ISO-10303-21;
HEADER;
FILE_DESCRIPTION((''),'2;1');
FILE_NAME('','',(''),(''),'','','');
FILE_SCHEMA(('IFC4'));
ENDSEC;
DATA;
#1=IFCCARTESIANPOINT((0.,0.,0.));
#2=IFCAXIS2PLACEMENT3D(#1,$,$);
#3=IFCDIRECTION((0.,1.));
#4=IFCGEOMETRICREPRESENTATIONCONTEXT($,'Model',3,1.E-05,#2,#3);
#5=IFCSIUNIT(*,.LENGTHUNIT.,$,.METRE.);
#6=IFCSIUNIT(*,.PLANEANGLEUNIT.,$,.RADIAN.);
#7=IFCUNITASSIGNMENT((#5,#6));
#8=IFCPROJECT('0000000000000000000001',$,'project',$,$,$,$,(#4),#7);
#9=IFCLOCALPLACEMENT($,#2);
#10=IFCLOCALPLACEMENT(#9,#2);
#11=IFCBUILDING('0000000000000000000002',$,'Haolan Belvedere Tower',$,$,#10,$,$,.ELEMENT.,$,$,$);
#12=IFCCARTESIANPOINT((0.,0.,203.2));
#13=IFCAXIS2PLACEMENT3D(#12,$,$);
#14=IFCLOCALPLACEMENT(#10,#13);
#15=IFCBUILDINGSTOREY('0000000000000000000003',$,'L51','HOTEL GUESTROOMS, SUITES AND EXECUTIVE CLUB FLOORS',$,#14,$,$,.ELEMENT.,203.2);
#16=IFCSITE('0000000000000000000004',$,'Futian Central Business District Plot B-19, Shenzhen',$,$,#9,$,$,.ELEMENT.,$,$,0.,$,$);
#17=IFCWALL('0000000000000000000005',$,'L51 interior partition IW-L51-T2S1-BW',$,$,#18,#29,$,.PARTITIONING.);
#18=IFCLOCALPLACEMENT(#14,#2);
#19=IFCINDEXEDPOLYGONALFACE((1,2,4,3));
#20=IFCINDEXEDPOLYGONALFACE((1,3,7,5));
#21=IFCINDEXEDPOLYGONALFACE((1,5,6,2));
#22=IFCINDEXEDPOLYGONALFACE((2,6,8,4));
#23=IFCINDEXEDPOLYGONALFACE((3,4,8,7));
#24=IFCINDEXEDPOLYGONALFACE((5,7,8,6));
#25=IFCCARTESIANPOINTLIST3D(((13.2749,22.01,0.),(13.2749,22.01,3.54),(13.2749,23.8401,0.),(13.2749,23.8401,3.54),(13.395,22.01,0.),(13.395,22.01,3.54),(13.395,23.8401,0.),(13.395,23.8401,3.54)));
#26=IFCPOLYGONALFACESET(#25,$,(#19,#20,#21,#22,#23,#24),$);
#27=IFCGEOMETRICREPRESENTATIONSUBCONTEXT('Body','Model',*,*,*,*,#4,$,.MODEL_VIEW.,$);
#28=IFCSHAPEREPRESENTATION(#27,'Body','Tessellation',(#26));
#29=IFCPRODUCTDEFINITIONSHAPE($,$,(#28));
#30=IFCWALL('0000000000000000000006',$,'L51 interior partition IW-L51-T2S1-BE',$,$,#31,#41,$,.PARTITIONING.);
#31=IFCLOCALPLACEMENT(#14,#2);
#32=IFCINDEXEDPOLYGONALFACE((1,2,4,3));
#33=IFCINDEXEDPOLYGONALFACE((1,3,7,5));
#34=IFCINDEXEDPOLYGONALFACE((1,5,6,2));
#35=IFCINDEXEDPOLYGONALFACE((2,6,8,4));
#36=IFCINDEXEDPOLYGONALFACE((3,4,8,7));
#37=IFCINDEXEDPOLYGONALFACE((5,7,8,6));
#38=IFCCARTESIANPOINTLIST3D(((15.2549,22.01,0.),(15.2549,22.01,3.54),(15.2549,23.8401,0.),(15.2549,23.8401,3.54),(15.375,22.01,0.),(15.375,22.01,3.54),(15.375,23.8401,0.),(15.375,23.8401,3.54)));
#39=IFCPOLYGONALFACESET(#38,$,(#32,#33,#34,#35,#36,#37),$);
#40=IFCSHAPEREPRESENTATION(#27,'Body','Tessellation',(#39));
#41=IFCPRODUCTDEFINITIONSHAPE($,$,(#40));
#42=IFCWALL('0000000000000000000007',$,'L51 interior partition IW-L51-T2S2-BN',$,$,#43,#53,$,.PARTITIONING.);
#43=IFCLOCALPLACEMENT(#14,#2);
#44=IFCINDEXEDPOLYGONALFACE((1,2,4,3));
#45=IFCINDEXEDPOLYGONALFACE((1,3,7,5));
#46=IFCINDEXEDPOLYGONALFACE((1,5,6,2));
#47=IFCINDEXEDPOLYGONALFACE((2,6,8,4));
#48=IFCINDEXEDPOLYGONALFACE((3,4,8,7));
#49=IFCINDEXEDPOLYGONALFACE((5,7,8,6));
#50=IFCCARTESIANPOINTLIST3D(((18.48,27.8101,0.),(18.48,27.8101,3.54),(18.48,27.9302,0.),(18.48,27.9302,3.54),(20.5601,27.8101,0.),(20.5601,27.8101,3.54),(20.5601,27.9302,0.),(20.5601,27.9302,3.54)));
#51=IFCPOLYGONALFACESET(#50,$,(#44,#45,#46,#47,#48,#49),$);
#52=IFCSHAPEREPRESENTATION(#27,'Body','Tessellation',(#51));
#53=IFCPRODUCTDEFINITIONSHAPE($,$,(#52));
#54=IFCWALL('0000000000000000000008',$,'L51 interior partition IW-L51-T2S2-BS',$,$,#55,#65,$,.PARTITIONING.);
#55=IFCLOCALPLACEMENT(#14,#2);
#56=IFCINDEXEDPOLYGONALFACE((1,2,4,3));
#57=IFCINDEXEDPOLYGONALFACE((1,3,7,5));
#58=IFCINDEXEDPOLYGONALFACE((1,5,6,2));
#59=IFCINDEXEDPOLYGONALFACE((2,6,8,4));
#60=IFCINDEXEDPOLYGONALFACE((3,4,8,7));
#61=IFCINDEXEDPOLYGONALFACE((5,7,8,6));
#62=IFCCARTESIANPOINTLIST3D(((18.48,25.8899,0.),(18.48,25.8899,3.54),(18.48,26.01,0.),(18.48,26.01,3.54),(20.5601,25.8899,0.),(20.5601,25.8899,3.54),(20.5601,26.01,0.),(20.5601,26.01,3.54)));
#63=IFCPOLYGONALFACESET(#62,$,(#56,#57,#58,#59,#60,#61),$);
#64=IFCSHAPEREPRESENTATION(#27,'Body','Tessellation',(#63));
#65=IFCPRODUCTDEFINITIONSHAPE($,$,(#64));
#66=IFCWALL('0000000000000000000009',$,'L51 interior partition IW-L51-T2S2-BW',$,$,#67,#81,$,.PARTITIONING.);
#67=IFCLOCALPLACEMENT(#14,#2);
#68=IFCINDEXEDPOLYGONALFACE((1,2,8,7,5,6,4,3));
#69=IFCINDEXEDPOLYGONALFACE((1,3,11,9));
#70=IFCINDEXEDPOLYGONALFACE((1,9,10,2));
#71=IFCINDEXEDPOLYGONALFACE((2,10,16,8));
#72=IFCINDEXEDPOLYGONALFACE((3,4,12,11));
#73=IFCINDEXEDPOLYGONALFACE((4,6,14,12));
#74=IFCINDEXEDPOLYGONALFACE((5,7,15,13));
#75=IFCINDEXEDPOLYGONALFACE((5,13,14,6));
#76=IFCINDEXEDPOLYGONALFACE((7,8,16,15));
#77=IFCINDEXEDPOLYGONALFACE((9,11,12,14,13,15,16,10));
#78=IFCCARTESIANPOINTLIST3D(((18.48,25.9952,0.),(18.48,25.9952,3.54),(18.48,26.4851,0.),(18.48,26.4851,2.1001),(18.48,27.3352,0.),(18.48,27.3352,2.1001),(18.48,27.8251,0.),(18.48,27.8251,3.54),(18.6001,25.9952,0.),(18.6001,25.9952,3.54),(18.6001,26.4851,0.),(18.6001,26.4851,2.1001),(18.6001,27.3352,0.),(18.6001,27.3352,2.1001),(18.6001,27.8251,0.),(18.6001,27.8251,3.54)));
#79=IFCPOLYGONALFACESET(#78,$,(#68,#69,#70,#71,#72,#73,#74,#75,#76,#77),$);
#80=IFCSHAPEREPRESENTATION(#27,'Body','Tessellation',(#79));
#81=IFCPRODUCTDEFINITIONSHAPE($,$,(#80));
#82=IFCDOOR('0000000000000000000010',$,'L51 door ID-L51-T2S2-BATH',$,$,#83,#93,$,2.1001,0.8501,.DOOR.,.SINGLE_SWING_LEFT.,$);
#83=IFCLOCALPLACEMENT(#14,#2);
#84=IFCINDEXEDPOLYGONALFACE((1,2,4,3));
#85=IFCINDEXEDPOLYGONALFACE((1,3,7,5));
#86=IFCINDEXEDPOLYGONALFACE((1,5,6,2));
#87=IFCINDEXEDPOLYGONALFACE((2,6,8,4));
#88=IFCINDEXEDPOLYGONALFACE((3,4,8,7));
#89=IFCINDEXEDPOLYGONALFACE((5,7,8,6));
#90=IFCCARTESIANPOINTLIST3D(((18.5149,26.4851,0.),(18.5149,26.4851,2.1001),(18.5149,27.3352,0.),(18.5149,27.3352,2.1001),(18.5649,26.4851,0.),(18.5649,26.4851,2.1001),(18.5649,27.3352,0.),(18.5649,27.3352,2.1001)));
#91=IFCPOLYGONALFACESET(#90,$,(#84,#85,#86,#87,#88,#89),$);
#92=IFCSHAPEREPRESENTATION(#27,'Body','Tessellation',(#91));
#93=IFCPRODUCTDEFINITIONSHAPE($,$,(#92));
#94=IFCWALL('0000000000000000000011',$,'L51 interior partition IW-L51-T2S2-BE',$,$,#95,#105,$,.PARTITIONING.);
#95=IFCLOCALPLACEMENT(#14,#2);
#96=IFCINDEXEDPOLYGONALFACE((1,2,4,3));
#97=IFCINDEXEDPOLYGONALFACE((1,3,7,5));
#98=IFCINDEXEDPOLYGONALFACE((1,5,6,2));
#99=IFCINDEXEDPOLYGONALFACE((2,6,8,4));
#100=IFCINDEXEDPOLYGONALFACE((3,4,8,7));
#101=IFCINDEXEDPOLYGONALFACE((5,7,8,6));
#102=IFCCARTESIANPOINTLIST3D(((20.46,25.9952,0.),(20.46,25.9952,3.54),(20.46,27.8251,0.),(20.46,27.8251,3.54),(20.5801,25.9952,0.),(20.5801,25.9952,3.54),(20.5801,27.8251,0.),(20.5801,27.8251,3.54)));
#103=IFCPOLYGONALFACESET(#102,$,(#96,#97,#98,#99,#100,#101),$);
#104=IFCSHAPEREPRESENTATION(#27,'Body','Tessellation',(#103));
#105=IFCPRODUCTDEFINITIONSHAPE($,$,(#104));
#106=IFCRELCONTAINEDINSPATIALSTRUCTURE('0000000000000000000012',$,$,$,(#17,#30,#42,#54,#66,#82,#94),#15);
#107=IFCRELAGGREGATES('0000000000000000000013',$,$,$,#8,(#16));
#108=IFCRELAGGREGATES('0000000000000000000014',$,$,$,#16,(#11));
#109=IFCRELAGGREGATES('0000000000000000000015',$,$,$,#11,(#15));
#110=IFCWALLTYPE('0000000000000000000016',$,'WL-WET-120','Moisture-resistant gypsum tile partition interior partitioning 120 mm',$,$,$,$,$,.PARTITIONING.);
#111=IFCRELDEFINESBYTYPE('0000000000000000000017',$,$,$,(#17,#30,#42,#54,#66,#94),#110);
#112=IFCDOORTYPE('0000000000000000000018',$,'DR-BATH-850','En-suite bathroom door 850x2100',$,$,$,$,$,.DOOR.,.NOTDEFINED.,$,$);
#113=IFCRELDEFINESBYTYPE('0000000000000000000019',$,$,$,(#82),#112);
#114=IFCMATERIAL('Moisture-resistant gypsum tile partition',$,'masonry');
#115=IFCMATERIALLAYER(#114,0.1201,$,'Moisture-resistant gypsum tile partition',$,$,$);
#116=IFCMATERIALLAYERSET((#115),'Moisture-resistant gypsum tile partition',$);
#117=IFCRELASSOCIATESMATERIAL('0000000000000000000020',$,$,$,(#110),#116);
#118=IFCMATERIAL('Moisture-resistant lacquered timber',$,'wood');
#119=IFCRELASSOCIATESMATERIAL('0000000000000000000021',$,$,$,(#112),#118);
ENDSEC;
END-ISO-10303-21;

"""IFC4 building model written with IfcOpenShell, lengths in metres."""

from ifc_helpers import new_model, si_unit, direction, frame, frame_2d, origin, place, context, subcontext, project, spatial, rectangle, extrude, material, layer, layer_set, type_object, element, fill, save


model = new_model("IFC4")

# Units and contexts
model_context = context("Model", 3, precision=1e-05, world=origin(), true_north=direction((0.0, 1.0)))
body_context = subcontext(model_context, "Body", "Model", "MODEL_VIEW")
ifc_project = project(units=[si_unit("LENGTHUNIT", "METRE"), si_unit("PLANEANGLEUNIT", "RADIAN")], contexts=[model_context])

# Site, building, storey
site_placement = place(None, origin())
site = spatial("IfcSite", under=ifc_project, at=site_placement, Name="Futian Central Business District Plot B-19, Shenzhen", CompositionType="ELEMENT", RefElevation=0.0)
building_placement = place(site_placement, origin())
building = spatial("IfcBuilding", under=site, at=building_placement, Name="Haolan Belvedere Tower", CompositionType="ELEMENT")
storey_placement = place(building_placement, frame((0.0, 0.0, 203.2)))
storey = spatial("IfcBuildingStorey", under=building, at=storey_placement, Name="L51", Description="HOTEL GUESTROOMS, SUITES AND EXECUTIVE CLUB FLOORS", CompositionType="ELEMENT", Elevation=203.2)

# Shared definitions
ifc_material_1 = material(Name="Moisture-resistant gypsum tile partition", Category="masonry")
ifc_layer_1 = layer(ifc_material_1, 0.1201, Name="Moisture-resistant gypsum tile partition")
ifc_layer_set_1 = layer_set([ifc_layer_1], Name="Moisture-resistant gypsum tile partition")
wall_type_1 = type_object("IfcWallType", Name="WL-WET-120", Description="Moisture-resistant gypsum tile partition interior partitioning 120 mm", PredefinedType="PARTITIONING", material=ifc_layer_set_1)

# Shared definitions
ifc_material_2 = material(Name="Moisture-resistant lacquered timber", Category="wood")
door_type_1 = type_object("IfcDoorType", Name="DR-BATH-850", Description="En-suite bathroom door 850x2100", OperationType="NOTDEFINED", PredefinedType="DOOR", material=ifc_material_2)

# Walls
for number, where, z_axis, x_axis, name in (
    (1, (13.335, 22.01, 0.0), (0.0, 0.0, 1.0), (0.0, 1.0, 0.0), "L51 interior partition IW-L51-T2S1-BW"),
    (2, (15.3149, 22.01, 0.0), (0.0, 0.0, 1.0), (0.0, 1.0, 0.0), "L51 interior partition IW-L51-T2S1-BE"),
):
    element("IfcWall", number, at=place(storey_placement, frame(where, z_axis=z_axis, x_axis=x_axis)), inside=storey, type_object=wall_type_1, Name=name, PredefinedType="PARTITIONING", context=body_context, shape_type="SweptSolid", body=[
        extrude(rectangle(XDim=1.8301, YDim=0.1201, at=frame_2d((0.915, 0.0))), origin(), (0.0, 0.0, 1.0), 3.54),
    ])
for number, where, z_axis, x_axis, name in (
    (3, (18.48, 27.8701, 0.0), (0.0, 0.0, 1.0), (1.0, 0.0, 0.0), "L51 interior partition IW-L51-T2S2-BN"),
    (4, (18.48, 25.95, 0.0), (0.0, 0.0, 1.0), (1.0, 0.0, 0.0), "L51 interior partition IW-L51-T2S2-BS"),
):
    element("IfcWall", number, at=place(storey_placement, frame(where, z_axis=z_axis, x_axis=x_axis)), inside=storey, type_object=wall_type_1, Name=name, PredefinedType="PARTITIONING", context=body_context, shape_type="SweptSolid", body=[
        extrude(rectangle(XDim=2.0801, YDim=0.1201, at=frame_2d((1.04, 0.0))), origin(), (0.0, 0.0, 1.0), 3.54),
    ])

# Wall, opening, door
wall_1_placement = place(storey_placement, frame((18.54, 25.9951, 0.0), z_axis=(0.0, 0.0, 1.0), x_axis=(0.0, 1.0, 0.0)))
wall_1 = element("IfcWall", 5, at=wall_1_placement, inside=storey, type_object=wall_type_1, Name="L51 interior partition IW-L51-T2S2-BW", PredefinedType="PARTITIONING", context=body_context, shape_type="SweptSolid", body=[
    extrude(rectangle(XDim=1.8298, YDim=0.1201, at=frame_2d((0.915, 0.0))), origin(), (0.0, 0.0, 1.0), 3.54),
])
opening_1_placement = place(wall_1_placement, frame((1.3401, 0.0, 0.0), z_axis=(0.0, 0.0, 1.0), x_axis=(-1.0, 0.0, 0.0)))
opening_1 = element("IfcOpeningElement", 6, at=opening_1_placement, cuts=wall_1, PredefinedType="OPENING", context=body_context, shape_type="SweptSolid", body=[
    extrude(rectangle(XDim=0.8501, YDim=2.1001, at=frame_2d((0.425, 1.05))), frame((0.0, 0.0701, 0.0), z_axis=(0.0, -1.0, 0.0), x_axis=(1.0, 0.0, 0.0)), (0.0, 0.0, 1.0), 0.1401),
])
door_1_placement = place(opening_1_placement, origin())
door_1 = element("IfcDoor", 7, at=door_1_placement, inside=storey, type_object=door_type_1, Name="L51 door ID-L51-T2S2-BATH", OperationType="SINGLE_SWING_LEFT", OverallHeight=2.1001, OverallWidth=0.8501, PredefinedType="DOOR", context=body_context, shape_type="SweptSolid", body=[
    extrude(rectangle(XDim=0.8501, YDim=2.1001, at=frame_2d((0.425, 1.05))), frame((0.0, 0.0249, 0.0), z_axis=(0.0, -1.0, 0.0), x_axis=(1.0, 0.0, 0.0)), (0.0, 0.0, 1.0), 0.05),
])
fill(opening_1, door_1)

# Wall
wall_2_placement = place(storey_placement, frame((20.52, 25.9951, 0.0), z_axis=(0.0, 0.0, 1.0), x_axis=(0.0, 1.0, 0.0)))
element("IfcWall", 8, at=wall_2_placement, inside=storey, type_object=wall_type_1, Name="L51 interior partition IW-L51-T2S2-BE", PredefinedType="PARTITIONING", context=body_context, shape_type="SweptSolid", body=[
    extrude(rectangle(XDim=1.8298, YDim=0.1201, at=frame_2d((0.915, 0.0))), origin(), (0.0, 0.0, 1.0), 3.54),
])

save(model, "model.ifc")
